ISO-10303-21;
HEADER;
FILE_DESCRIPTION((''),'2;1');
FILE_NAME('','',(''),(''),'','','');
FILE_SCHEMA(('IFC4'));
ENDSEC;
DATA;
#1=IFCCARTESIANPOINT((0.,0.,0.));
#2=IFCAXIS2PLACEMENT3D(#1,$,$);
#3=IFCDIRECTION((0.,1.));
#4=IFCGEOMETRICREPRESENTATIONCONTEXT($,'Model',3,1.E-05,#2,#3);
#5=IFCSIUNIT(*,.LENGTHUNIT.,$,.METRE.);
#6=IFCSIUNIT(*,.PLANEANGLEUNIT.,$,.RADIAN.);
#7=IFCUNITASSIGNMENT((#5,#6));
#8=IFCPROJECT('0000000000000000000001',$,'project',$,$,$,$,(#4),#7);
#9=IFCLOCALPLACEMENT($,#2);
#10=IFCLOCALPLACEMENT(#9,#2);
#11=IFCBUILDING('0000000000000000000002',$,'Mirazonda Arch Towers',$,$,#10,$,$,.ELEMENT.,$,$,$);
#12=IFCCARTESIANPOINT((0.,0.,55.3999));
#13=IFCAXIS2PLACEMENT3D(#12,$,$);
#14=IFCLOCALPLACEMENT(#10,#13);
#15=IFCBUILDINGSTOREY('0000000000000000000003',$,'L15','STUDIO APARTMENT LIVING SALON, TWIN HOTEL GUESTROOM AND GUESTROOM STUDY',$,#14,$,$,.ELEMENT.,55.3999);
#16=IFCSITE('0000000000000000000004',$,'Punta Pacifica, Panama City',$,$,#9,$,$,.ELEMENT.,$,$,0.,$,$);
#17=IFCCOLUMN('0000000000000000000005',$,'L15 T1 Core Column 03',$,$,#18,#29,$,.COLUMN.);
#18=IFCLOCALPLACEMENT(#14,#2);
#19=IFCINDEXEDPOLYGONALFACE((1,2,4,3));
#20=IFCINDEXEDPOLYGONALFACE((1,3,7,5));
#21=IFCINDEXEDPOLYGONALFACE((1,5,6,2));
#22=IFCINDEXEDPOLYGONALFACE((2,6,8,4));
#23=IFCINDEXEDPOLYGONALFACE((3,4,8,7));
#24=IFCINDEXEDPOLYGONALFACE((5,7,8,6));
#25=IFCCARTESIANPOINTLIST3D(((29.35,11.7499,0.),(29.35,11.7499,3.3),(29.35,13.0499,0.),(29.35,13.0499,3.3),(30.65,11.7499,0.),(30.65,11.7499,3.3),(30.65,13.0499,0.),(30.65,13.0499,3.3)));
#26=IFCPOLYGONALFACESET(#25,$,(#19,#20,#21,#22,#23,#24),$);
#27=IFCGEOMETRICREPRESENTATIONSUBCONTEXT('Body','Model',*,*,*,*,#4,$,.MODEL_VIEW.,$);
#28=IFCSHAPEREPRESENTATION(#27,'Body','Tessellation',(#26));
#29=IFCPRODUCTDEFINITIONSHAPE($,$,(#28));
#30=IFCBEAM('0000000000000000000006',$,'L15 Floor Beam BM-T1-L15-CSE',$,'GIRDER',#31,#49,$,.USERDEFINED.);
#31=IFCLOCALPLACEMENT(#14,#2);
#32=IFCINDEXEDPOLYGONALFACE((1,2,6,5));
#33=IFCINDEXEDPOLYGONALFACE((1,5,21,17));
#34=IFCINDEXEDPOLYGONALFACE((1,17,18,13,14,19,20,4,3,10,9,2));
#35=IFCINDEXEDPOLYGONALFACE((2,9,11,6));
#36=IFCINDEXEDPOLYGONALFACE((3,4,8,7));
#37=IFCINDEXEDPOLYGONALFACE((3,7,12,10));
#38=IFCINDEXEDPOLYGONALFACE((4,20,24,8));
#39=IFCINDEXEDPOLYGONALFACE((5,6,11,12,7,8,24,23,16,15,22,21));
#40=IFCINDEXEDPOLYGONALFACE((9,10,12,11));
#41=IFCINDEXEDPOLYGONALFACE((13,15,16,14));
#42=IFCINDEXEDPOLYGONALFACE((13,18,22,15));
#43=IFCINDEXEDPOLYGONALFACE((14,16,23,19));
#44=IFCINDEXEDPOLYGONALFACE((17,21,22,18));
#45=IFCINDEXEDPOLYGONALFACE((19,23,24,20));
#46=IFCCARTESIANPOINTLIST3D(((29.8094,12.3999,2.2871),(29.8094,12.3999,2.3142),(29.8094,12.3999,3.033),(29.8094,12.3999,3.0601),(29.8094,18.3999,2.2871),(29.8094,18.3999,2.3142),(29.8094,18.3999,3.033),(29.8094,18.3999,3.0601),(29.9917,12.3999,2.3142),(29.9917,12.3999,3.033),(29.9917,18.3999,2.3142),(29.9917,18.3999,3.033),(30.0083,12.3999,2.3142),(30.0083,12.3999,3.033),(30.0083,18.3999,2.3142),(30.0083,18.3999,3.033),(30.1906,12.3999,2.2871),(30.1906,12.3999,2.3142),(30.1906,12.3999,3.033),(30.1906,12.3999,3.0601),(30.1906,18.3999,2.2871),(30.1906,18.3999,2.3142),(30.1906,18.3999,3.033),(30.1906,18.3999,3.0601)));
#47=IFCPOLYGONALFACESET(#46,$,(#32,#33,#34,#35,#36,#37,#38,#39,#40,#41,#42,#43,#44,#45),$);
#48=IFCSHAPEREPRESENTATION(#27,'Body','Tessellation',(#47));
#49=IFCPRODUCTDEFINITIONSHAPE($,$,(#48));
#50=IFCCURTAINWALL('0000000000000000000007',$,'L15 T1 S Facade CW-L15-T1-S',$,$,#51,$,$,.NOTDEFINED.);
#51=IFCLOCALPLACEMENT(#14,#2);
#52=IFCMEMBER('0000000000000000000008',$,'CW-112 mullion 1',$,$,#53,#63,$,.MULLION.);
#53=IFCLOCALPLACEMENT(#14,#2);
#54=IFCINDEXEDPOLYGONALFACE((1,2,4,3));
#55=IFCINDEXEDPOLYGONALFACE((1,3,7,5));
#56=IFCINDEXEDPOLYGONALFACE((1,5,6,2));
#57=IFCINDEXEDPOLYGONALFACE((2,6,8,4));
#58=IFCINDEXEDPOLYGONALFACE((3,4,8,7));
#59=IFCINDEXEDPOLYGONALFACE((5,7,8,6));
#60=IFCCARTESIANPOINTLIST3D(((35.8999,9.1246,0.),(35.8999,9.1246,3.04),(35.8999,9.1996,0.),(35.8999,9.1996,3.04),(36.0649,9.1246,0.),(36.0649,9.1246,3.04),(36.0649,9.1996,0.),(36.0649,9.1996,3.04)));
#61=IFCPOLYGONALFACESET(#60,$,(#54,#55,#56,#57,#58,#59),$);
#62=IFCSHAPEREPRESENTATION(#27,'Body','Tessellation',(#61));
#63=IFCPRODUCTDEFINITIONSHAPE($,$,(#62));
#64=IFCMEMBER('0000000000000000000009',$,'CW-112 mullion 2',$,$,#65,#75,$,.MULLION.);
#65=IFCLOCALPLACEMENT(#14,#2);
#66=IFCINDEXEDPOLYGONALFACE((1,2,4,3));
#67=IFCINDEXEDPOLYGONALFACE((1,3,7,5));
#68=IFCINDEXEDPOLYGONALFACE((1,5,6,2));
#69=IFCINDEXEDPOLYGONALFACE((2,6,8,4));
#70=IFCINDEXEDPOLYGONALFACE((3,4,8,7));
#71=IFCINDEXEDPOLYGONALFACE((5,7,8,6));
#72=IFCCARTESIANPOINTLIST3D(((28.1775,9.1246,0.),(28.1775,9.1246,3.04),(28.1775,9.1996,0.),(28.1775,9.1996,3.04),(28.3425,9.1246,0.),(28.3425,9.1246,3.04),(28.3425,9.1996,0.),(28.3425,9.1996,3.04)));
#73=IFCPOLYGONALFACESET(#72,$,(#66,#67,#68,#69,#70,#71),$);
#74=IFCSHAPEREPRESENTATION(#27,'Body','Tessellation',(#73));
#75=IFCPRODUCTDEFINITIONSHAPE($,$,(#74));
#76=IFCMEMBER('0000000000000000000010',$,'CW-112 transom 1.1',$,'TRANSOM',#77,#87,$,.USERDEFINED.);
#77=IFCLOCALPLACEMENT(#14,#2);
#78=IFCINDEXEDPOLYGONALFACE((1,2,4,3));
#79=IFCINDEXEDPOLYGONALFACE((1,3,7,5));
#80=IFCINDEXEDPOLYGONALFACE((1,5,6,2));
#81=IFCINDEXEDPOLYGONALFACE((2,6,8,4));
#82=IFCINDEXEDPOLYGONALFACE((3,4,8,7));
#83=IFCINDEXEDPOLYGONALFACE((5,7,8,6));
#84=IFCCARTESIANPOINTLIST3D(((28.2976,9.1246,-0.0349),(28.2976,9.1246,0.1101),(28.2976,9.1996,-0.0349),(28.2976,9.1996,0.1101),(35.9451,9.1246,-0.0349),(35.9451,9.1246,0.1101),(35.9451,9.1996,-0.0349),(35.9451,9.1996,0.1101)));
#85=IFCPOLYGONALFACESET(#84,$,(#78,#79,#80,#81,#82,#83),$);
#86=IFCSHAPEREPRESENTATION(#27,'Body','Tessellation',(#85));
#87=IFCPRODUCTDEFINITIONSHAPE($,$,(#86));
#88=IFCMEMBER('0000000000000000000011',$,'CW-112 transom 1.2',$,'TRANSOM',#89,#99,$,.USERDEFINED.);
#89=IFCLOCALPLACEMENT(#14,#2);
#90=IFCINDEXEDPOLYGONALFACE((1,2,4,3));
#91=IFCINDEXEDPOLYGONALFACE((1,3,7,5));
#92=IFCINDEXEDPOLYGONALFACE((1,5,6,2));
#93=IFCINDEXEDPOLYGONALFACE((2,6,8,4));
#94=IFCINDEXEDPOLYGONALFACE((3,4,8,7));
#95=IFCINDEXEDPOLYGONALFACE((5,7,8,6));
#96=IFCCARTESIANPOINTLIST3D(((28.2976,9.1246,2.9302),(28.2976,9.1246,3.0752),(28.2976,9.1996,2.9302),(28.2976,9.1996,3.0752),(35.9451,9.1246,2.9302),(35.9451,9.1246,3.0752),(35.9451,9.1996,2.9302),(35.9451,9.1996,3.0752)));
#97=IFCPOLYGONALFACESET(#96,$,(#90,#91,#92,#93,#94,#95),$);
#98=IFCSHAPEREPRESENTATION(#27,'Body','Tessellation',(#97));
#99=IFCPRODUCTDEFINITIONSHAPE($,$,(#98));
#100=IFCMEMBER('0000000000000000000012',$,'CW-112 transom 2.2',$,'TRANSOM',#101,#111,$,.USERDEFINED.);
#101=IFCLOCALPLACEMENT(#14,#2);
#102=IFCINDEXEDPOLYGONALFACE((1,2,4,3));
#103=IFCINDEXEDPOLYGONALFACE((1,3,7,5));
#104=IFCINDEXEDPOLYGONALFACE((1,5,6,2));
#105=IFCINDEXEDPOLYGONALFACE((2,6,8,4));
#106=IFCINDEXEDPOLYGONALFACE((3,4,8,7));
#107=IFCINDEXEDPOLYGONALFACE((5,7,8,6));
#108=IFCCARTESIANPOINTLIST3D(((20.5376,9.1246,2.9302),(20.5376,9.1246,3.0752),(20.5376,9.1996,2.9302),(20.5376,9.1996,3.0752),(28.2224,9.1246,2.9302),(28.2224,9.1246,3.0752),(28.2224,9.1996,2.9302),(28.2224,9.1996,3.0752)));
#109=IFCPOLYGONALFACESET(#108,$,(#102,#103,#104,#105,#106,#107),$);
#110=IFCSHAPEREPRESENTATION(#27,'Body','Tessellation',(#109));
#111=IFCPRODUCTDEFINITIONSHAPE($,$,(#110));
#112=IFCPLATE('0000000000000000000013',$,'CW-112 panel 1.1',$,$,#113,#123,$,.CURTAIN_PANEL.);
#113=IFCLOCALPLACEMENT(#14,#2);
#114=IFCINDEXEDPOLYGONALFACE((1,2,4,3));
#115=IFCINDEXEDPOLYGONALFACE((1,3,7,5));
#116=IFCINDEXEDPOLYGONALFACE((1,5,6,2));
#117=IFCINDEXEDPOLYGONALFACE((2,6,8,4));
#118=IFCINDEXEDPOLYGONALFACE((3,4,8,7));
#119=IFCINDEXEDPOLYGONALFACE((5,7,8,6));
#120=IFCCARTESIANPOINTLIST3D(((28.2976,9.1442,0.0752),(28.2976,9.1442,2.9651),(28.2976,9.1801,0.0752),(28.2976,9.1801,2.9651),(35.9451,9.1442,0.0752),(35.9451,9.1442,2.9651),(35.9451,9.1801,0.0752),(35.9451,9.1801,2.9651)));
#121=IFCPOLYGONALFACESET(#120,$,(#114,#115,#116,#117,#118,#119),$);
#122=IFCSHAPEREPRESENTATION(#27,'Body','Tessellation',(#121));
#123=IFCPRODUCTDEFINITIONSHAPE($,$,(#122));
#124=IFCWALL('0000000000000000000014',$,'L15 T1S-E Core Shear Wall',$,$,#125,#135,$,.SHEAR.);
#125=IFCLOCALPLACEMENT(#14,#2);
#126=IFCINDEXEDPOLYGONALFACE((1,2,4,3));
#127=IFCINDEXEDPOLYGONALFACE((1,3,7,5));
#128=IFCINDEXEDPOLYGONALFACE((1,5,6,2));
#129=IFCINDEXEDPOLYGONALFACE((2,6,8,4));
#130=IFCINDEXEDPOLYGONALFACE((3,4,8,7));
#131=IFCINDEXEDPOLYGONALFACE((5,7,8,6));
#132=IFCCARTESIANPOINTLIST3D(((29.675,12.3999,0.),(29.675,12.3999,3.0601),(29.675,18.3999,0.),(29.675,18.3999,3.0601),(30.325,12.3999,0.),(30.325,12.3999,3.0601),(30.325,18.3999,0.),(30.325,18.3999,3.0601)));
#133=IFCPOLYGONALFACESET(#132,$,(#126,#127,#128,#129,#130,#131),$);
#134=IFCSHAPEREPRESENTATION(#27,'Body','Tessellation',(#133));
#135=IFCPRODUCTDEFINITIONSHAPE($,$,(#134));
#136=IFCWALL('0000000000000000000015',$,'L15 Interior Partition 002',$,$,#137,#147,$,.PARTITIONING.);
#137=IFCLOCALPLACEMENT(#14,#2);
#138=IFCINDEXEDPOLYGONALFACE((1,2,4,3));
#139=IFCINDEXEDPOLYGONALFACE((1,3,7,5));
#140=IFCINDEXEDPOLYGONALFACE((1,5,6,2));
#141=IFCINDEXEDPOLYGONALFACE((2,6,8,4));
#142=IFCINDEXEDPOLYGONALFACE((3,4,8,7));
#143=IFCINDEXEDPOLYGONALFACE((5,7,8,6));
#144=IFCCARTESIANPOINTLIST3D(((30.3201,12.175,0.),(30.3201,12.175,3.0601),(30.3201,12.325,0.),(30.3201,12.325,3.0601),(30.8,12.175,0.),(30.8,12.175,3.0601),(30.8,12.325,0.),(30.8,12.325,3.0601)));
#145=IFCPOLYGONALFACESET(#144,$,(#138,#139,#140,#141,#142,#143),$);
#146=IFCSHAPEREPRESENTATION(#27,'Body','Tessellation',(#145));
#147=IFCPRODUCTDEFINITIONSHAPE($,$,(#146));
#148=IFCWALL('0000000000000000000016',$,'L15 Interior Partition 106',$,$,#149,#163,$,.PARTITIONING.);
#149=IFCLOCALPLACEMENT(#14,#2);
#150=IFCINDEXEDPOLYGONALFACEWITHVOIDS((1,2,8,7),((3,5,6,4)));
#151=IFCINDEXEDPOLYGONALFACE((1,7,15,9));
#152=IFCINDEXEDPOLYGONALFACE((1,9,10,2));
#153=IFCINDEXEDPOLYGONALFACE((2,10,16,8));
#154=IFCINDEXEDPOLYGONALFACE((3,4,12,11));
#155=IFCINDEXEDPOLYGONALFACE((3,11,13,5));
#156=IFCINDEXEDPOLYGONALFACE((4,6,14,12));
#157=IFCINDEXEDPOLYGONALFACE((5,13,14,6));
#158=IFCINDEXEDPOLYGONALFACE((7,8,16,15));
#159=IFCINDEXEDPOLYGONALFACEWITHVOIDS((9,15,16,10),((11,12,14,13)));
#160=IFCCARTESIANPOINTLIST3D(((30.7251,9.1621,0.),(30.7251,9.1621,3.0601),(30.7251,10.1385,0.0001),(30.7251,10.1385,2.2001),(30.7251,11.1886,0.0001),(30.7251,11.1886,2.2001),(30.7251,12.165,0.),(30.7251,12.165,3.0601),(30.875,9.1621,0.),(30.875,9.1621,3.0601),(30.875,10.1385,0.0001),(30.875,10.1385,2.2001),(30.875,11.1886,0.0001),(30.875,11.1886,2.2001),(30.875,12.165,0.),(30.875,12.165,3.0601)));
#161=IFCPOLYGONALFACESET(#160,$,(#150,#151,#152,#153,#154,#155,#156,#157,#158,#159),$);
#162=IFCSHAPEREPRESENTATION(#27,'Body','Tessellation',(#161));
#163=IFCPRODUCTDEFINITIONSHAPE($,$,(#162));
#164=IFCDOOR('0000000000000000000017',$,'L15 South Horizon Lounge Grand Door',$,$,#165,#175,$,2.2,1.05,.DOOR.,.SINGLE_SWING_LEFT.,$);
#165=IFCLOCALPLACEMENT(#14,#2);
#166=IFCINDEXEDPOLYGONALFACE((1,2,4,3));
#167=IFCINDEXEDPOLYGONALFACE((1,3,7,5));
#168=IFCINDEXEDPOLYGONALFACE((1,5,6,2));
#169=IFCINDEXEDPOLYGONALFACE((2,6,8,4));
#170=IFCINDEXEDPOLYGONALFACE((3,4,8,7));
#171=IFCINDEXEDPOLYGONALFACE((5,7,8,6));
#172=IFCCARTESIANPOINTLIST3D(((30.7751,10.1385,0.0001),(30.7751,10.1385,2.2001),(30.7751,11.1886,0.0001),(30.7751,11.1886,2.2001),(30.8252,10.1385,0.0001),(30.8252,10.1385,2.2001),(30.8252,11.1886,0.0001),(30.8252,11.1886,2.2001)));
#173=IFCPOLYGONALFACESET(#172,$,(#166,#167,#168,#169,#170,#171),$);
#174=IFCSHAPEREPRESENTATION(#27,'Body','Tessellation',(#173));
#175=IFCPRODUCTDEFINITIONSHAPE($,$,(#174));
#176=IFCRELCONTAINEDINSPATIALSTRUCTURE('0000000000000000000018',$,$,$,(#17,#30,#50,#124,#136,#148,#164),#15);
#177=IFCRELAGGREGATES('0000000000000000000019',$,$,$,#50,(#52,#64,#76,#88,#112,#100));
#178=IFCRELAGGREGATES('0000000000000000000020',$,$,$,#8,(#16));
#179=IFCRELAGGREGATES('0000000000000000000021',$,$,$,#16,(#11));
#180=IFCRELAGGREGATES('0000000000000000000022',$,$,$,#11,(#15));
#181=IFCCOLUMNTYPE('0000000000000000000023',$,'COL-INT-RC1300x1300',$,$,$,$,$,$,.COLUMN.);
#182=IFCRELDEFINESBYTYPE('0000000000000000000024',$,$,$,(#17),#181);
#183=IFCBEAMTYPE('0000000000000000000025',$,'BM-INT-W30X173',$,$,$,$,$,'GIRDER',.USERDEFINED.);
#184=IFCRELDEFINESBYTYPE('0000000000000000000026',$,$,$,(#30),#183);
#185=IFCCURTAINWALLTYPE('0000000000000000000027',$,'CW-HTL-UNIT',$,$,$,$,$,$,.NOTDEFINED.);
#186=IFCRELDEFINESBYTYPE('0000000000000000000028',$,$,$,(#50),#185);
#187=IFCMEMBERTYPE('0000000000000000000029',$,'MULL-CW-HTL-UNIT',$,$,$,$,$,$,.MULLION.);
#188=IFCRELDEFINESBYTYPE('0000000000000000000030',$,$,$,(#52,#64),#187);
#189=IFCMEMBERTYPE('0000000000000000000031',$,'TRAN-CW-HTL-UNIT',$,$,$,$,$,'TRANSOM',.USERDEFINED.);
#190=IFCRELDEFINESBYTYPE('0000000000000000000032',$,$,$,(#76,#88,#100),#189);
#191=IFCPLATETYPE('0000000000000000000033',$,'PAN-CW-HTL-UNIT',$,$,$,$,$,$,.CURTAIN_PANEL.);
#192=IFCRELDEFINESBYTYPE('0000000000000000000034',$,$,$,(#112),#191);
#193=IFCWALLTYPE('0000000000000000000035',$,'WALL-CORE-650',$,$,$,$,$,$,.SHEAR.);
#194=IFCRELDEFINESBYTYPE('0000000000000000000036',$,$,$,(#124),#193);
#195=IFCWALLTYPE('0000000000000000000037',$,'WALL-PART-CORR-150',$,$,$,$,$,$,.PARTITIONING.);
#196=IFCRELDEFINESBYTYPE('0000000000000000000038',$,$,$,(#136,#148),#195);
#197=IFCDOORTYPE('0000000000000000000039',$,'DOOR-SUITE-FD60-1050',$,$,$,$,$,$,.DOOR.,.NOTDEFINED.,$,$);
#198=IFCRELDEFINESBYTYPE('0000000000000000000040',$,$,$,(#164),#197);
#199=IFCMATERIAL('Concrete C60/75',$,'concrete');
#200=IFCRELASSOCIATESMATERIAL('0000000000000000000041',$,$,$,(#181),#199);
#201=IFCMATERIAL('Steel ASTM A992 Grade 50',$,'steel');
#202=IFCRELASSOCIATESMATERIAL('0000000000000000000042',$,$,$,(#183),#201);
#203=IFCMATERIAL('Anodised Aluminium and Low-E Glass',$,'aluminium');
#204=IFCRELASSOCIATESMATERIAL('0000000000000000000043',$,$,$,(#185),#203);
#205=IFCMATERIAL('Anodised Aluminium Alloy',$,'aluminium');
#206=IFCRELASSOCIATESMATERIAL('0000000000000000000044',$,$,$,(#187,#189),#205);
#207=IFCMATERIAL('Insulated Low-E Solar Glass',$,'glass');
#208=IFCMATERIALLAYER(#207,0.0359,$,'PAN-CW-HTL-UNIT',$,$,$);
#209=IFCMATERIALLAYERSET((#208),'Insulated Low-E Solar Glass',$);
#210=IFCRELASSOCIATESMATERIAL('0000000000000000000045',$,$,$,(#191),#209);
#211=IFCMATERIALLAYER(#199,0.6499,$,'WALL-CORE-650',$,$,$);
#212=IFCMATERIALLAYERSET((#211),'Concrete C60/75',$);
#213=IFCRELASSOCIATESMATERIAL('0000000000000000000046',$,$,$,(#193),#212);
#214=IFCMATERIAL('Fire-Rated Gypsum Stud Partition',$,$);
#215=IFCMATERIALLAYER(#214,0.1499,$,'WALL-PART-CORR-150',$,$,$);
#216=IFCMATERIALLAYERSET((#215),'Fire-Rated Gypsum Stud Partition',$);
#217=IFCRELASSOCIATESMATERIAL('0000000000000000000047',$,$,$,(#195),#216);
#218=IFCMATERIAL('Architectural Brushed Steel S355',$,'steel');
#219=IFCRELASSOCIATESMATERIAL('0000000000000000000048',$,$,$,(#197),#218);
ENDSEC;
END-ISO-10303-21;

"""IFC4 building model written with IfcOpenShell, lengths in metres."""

from ifc_helpers import new_model, si_unit, direction, frame, frame_2d, origin, origin_2d, place, context, subcontext, project, spatial, rectangle, i_section, extrude, material, layer, layer_set, material_profile, profile_set, type_object, element, fill, aggregate, save


model = new_model("IFC4")

# Units and contexts
model_context = context("Model", 3, precision=1e-05, world=origin(), true_north=direction((0.0, 1.0)))
body_context = subcontext(model_context, "Body", "Model", "MODEL_VIEW")
ifc_project = project(units=[si_unit("LENGTHUNIT", "METRE"), si_unit("PLANEANGLEUNIT", "RADIAN")], contexts=[model_context])

# Site, building, storey
site_placement = place(None, origin())
site = spatial("IfcSite", under=ifc_project, at=site_placement, Name="Punta Pacifica, Panama City", CompositionType="ELEMENT", RefElevation=0.0)
building_placement = place(site_placement, origin())
building = spatial("IfcBuilding", under=site, at=building_placement, Name="Mirazonda Arch Towers", CompositionType="ELEMENT")
storey_placement = place(building_placement, frame((0.0, 0.0, 55.3999)))
storey = spatial("IfcBuildingStorey", under=building, at=storey_placement, Name="L15", Description="STUDIO APARTMENT LIVING SALON, TWIN HOTEL GUESTROOM AND GUESTROOM STUDY", CompositionType="ELEMENT", Elevation=55.3999)

# Column
ifc_material_1 = material(Name="Concrete C60/75", Category="concrete")
ifc_material_profile_1 = material_profile(ifc_material_1, rectangle(XDim=1.3, YDim=1.3, at=origin_2d()), Name="RC1300x1300")
ifc_profile_set_1 = profile_set([ifc_material_profile_1], Name="Concrete C60/75")
column_type = type_object("IfcColumnType", Name="COL-INT-RC1300x1300", PredefinedType="COLUMN", material=ifc_profile_set_1)
column_placement = place(storey_placement, frame((30.0, 12.3999, 0.0), z_axis=(0.0, 0.0, 1.0), x_axis=(1.0, 0.0, 0.0)))
element("IfcColumn", 1, at=column_placement, inside=storey, type_object=column_type, Name="L15 T1 Core Column 03", PredefinedType="COLUMN", context=body_context, shape_type="SweptSolid", body=[
    extrude(rectangle(XDim=1.3, YDim=1.3, at=origin_2d()), origin(), (0.0, 0.0, 1.0), 3.3),
])

# Beam
ifc_material_2 = material(Name="Steel ASTM A992 Grade 50", Category="steel")
ifc_material_profile_2 = material_profile(ifc_material_2, i_section(OverallWidth=0.3811, OverallDepth=0.7729, WebThickness=0.0166, FlangeThickness=0.0271, at=origin_2d()), Name="W30X173")
ifc_profile_set_2 = profile_set([ifc_material_profile_2], Name="Steel ASTM A992 Grade 50")
beam_type = type_object("IfcBeamType", Name="BM-INT-W30X173", ElementType="GIRDER", PredefinedType="USERDEFINED", material=ifc_profile_set_2)
beam_placement = place(storey_placement, frame((30.0, 12.3999, 2.6736), z_axis=(0.0, 1.0, 0.0), x_axis=(-1.0, 0.0, 0.0)))
element("IfcBeam", 2, at=beam_placement, inside=storey, type_object=beam_type, Name="L15 Floor Beam BM-T1-L15-CSE", ObjectType="GIRDER", PredefinedType="USERDEFINED", context=body_context, shape_type="SweptSolid", body=[
    extrude(i_section(OverallWidth=0.3811, OverallDepth=0.7729, WebThickness=0.0166, FlangeThickness=0.0271, at=origin_2d()), origin(), (0.0, 0.0, 1.0), 6.0),
])

# Curtain wall, members, plate
ifc_material_3 = material(Name="Anodised Aluminium and Low-E Glass", Category="aluminium")
curtain_wall_type = type_object("IfcCurtainWallType", Name="CW-HTL-UNIT", PredefinedType="NOTDEFINED", material=ifc_material_3)
curtain_wall_placement = place(storey_placement, origin())
curtain_wall = element("IfcCurtainWall", 3, at=curtain_wall_placement, inside=storey, type_object=curtain_wall_type, Name="L15 T1 S Facade CW-L15-T1-S", PredefinedType="NOTDEFINED")
ifc_material_4 = material(Name="Anodised Aluminium Alloy", Category="aluminium")
ifc_material_profile_3 = material_profile(ifc_material_4, rectangle(XDim=0.075, YDim=0.165, at=origin_2d()), Name="ALU-MULL-75x165")
ifc_profile_set_3 = profile_set([ifc_material_profile_3], Name="Anodised Aluminium Alloy")
member_type_1 = type_object("IfcMemberType", Name="MULL-CW-HTL-UNIT", PredefinedType="MULLION", material=ifc_profile_set_3)
member_1_placement = place(storey_placement, frame((35.9824, 9.1621, 0.0), z_axis=(0.0, 0.0, 1.0), x_axis=(0.0, -1.0, 0.0)))
member_1 = element("IfcMember", 4, at=member_1_placement, type_object=member_type_1, Name="CW-112 mullion 1", PredefinedType="MULLION", context=body_context, shape_type="SweptSolid", body=[
    extrude(rectangle(XDim=0.075, YDim=0.165, at=origin_2d()), origin(), (0.0, 0.0, 1.0), 3.04),
])
member_2_placement = place(storey_placement, frame((28.26, 9.1621, 0.0), z_axis=(0.0, 0.0, 1.0), x_axis=(0.0, -1.0, 0.0)))
member_2 = element("IfcMember", 5, at=member_2_placement, type_object=member_type_1, Name="CW-112 mullion 2", PredefinedType="MULLION", context=body_context, shape_type="SweptSolid", body=[
    extrude(rectangle(XDim=0.075, YDim=0.165, at=origin_2d()), origin(), (0.0, 0.0, 1.0), 3.04),
])
ifc_material_profile_4 = material_profile(ifc_material_4, rectangle(XDim=0.075, YDim=0.145, at=origin_2d()), Name="ALU-TRAN-75x145")
ifc_profile_set_4 = profile_set([ifc_material_profile_4], Name="Anodised Aluminium Alloy")
member_type_2 = type_object("IfcMemberType", Name="TRAN-CW-HTL-UNIT", ElementType="TRANSOM", PredefinedType="USERDEFINED", material=ifc_profile_set_4)
member_3_placement = place(storey_placement, frame((35.9451, 9.1621, 0.0376), z_axis=(-1.0, 0.0, 0.0), x_axis=(0.0, -1.0, 0.0)))
member_3 = element("IfcMember", 6, at=member_3_placement, type_object=member_type_2, Name="CW-112 transom 1.1", ObjectType="TRANSOM", PredefinedType="USERDEFINED", context=body_context, shape_type="SweptSolid", body=[
    extrude(rectangle(XDim=0.075, YDim=0.145, at=origin_2d()), origin(), (0.0, 0.0, 1.0), 7.6475),
])
member_4_placement = place(storey_placement, frame((35.9451, 9.1621, 3.0027), z_axis=(-1.0, 0.0, 0.0), x_axis=(0.0, -1.0, 0.0)))
member_4 = element("IfcMember", 7, at=member_4_placement, type_object=member_type_2, Name="CW-112 transom 1.2", ObjectType="TRANSOM", PredefinedType="USERDEFINED", context=body_context, shape_type="SweptSolid", body=[
    extrude(rectangle(XDim=0.075, YDim=0.145, at=origin_2d()), origin(), (0.0, 0.0, 1.0), 7.6475),
])
member_5_placement = place(storey_placement, frame((28.2224, 9.1621, 3.0027), z_axis=(-1.0, 0.0, 0.0), x_axis=(0.0, -1.0, 0.0)))
member_5 = element("IfcMember", 8, at=member_5_placement, type_object=member_type_2, Name="CW-112 transom 2.2", ObjectType="TRANSOM", PredefinedType="USERDEFINED", context=body_context, shape_type="SweptSolid", body=[
    extrude(rectangle(XDim=0.075, YDim=0.145, at=origin_2d()), origin(), (0.0, 0.0, 1.0), 7.6848),
])
ifc_material_5 = material(Name="Insulated Low-E Solar Glass", Category="glass")
ifc_layer_1 = layer(ifc_material_5, 0.0359, Name="PAN-CW-HTL-UNIT")
ifc_layer_set_1 = layer_set([ifc_layer_1], Name="Insulated Low-E Solar Glass")
plate_type = type_object("IfcPlateType", Name="PAN-CW-HTL-UNIT", PredefinedType="CURTAIN_PANEL", material=ifc_layer_set_1)
plate_placement = place(storey_placement, frame((32.1213, 9.1621, 0.0752), z_axis=(0.0, 0.0, 1.0), x_axis=(-1.0, 0.0, 0.0)))
plate = element("IfcPlate", 9, at=plate_placement, type_object=plate_type, Name="CW-112 panel 1.1", PredefinedType="CURTAIN_PANEL", context=body_context, shape_type="SweptSolid", body=[
    extrude(rectangle(XDim=7.6475, YDim=0.0359, at=origin_2d()), origin(), (0.0, 0.0, 1.0), 2.8899),
])
aggregate(curtain_wall, [member_1, member_2, member_3, member_4, plate, member_5])

# Walls
ifc_layer_2 = layer(ifc_material_1, 0.6499, Name="WALL-CORE-650")
ifc_layer_set_2 = layer_set([ifc_layer_2], Name="Concrete C60/75")
wall_type_1 = type_object("IfcWallType", Name="WALL-CORE-650", PredefinedType="SHEAR", material=ifc_layer_set_2)
wall_1_placement = place(storey_placement, frame((30.0, 12.3999, 0.0), z_axis=(0.0, 0.0, 1.0), x_axis=(0.0, 1.0, 0.0)))
element("IfcWall", 10, at=wall_1_placement, inside=storey, type_object=wall_type_1, Name="L15 T1S-E Core Shear Wall", PredefinedType="SHEAR", context=body_context, shape_type="SweptSolid", body=[
    extrude(rectangle(XDim=6.0, YDim=0.6499, at=frame_2d((3.0, 0.0))), origin(), (0.0, 0.0, 1.0), 3.0601),
])
ifc_material_6 = material(Name="Fire-Rated Gypsum Stud Partition")
ifc_layer_3 = layer(ifc_material_6, 0.1499, Name="WALL-PART-CORR-150")
ifc_layer_set_3 = layer_set([ifc_layer_3], Name="Fire-Rated Gypsum Stud Partition")
wall_type_2 = type_object("IfcWallType", Name="WALL-PART-CORR-150", PredefinedType="PARTITIONING", material=ifc_layer_set_3)
wall_2_placement = place(storey_placement, frame((30.3201, 12.25, 0.0), z_axis=(0.0, 0.0, 1.0), x_axis=(1.0, 0.0, 0.0)))
element("IfcWall", 11, at=wall_2_placement, inside=storey, type_object=wall_type_2, Name="L15 Interior Partition 002", PredefinedType="PARTITIONING", context=body_context, shape_type="SweptSolid", body=[
    extrude(rectangle(XDim=0.48, YDim=0.1499, at=frame_2d((0.24, 0.0))), origin(), (0.0, 0.0, 1.0), 3.0601),
])

# Wall, opening, door
wall_3_placement = place(storey_placement, frame((30.8, 9.1621, 0.0), z_axis=(0.0, 0.0, 1.0), x_axis=(0.0, 1.0, 0.0)))
wall_3 = element("IfcWall", 12, at=wall_3_placement, inside=storey, type_object=wall_type_2, Name="L15 Interior Partition 106", PredefinedType="PARTITIONING", context=body_context, shape_type="SweptSolid", body=[
    extrude(rectangle(XDim=3.0029, YDim=0.1499, at=frame_2d((1.5015, 0.0))), origin(), (0.0, 0.0, 1.0), 3.0601),
])
opening_1_placement = place(wall_3_placement, frame((0.9766, 0.0, 0.0)))
opening_1 = element("IfcOpeningElement", 13, at=opening_1_placement, cuts=wall_3, PredefinedType="OPENING", context=body_context, shape_type="SweptSolid", body=[
    extrude(rectangle(XDim=1.05, YDim=2.2, at=frame_2d((0.5249, 1.1001))), frame((0.0, 0.085, 0.0), z_axis=(0.0, -1.0, 0.0), x_axis=(1.0, 0.0, 0.0)), (0.0, 0.0, 1.0), 0.1699),
])
ifc_material_7 = material(Name="Architectural Brushed Steel S355", Category="steel")
door_type_1 = type_object("IfcDoorType", Name="DOOR-SUITE-FD60-1050", OperationType="NOTDEFINED", PredefinedType="DOOR", material=ifc_material_7)
door_1_placement = place(opening_1_placement, origin())
door_1 = element("IfcDoor", 14, at=door_1_placement, inside=storey, type_object=door_type_1, Name="L15 South Horizon Lounge Grand Door", OperationType="SINGLE_SWING_LEFT", OverallHeight=2.2, OverallWidth=1.05, PredefinedType="DOOR", context=body_context, shape_type="SweptSolid", body=[
    extrude(rectangle(XDim=1.05, YDim=2.2, at=frame_2d((0.5249, 1.1001))), frame((0.0, 0.0249, 0.0), z_axis=(0.0, -1.0, 0.0), x_axis=(1.0, 0.0, 0.0)), (0.0, 0.0, 1.0), 0.05),
])
fill(opening_1, door_1)

save(model, "model.ifc")
